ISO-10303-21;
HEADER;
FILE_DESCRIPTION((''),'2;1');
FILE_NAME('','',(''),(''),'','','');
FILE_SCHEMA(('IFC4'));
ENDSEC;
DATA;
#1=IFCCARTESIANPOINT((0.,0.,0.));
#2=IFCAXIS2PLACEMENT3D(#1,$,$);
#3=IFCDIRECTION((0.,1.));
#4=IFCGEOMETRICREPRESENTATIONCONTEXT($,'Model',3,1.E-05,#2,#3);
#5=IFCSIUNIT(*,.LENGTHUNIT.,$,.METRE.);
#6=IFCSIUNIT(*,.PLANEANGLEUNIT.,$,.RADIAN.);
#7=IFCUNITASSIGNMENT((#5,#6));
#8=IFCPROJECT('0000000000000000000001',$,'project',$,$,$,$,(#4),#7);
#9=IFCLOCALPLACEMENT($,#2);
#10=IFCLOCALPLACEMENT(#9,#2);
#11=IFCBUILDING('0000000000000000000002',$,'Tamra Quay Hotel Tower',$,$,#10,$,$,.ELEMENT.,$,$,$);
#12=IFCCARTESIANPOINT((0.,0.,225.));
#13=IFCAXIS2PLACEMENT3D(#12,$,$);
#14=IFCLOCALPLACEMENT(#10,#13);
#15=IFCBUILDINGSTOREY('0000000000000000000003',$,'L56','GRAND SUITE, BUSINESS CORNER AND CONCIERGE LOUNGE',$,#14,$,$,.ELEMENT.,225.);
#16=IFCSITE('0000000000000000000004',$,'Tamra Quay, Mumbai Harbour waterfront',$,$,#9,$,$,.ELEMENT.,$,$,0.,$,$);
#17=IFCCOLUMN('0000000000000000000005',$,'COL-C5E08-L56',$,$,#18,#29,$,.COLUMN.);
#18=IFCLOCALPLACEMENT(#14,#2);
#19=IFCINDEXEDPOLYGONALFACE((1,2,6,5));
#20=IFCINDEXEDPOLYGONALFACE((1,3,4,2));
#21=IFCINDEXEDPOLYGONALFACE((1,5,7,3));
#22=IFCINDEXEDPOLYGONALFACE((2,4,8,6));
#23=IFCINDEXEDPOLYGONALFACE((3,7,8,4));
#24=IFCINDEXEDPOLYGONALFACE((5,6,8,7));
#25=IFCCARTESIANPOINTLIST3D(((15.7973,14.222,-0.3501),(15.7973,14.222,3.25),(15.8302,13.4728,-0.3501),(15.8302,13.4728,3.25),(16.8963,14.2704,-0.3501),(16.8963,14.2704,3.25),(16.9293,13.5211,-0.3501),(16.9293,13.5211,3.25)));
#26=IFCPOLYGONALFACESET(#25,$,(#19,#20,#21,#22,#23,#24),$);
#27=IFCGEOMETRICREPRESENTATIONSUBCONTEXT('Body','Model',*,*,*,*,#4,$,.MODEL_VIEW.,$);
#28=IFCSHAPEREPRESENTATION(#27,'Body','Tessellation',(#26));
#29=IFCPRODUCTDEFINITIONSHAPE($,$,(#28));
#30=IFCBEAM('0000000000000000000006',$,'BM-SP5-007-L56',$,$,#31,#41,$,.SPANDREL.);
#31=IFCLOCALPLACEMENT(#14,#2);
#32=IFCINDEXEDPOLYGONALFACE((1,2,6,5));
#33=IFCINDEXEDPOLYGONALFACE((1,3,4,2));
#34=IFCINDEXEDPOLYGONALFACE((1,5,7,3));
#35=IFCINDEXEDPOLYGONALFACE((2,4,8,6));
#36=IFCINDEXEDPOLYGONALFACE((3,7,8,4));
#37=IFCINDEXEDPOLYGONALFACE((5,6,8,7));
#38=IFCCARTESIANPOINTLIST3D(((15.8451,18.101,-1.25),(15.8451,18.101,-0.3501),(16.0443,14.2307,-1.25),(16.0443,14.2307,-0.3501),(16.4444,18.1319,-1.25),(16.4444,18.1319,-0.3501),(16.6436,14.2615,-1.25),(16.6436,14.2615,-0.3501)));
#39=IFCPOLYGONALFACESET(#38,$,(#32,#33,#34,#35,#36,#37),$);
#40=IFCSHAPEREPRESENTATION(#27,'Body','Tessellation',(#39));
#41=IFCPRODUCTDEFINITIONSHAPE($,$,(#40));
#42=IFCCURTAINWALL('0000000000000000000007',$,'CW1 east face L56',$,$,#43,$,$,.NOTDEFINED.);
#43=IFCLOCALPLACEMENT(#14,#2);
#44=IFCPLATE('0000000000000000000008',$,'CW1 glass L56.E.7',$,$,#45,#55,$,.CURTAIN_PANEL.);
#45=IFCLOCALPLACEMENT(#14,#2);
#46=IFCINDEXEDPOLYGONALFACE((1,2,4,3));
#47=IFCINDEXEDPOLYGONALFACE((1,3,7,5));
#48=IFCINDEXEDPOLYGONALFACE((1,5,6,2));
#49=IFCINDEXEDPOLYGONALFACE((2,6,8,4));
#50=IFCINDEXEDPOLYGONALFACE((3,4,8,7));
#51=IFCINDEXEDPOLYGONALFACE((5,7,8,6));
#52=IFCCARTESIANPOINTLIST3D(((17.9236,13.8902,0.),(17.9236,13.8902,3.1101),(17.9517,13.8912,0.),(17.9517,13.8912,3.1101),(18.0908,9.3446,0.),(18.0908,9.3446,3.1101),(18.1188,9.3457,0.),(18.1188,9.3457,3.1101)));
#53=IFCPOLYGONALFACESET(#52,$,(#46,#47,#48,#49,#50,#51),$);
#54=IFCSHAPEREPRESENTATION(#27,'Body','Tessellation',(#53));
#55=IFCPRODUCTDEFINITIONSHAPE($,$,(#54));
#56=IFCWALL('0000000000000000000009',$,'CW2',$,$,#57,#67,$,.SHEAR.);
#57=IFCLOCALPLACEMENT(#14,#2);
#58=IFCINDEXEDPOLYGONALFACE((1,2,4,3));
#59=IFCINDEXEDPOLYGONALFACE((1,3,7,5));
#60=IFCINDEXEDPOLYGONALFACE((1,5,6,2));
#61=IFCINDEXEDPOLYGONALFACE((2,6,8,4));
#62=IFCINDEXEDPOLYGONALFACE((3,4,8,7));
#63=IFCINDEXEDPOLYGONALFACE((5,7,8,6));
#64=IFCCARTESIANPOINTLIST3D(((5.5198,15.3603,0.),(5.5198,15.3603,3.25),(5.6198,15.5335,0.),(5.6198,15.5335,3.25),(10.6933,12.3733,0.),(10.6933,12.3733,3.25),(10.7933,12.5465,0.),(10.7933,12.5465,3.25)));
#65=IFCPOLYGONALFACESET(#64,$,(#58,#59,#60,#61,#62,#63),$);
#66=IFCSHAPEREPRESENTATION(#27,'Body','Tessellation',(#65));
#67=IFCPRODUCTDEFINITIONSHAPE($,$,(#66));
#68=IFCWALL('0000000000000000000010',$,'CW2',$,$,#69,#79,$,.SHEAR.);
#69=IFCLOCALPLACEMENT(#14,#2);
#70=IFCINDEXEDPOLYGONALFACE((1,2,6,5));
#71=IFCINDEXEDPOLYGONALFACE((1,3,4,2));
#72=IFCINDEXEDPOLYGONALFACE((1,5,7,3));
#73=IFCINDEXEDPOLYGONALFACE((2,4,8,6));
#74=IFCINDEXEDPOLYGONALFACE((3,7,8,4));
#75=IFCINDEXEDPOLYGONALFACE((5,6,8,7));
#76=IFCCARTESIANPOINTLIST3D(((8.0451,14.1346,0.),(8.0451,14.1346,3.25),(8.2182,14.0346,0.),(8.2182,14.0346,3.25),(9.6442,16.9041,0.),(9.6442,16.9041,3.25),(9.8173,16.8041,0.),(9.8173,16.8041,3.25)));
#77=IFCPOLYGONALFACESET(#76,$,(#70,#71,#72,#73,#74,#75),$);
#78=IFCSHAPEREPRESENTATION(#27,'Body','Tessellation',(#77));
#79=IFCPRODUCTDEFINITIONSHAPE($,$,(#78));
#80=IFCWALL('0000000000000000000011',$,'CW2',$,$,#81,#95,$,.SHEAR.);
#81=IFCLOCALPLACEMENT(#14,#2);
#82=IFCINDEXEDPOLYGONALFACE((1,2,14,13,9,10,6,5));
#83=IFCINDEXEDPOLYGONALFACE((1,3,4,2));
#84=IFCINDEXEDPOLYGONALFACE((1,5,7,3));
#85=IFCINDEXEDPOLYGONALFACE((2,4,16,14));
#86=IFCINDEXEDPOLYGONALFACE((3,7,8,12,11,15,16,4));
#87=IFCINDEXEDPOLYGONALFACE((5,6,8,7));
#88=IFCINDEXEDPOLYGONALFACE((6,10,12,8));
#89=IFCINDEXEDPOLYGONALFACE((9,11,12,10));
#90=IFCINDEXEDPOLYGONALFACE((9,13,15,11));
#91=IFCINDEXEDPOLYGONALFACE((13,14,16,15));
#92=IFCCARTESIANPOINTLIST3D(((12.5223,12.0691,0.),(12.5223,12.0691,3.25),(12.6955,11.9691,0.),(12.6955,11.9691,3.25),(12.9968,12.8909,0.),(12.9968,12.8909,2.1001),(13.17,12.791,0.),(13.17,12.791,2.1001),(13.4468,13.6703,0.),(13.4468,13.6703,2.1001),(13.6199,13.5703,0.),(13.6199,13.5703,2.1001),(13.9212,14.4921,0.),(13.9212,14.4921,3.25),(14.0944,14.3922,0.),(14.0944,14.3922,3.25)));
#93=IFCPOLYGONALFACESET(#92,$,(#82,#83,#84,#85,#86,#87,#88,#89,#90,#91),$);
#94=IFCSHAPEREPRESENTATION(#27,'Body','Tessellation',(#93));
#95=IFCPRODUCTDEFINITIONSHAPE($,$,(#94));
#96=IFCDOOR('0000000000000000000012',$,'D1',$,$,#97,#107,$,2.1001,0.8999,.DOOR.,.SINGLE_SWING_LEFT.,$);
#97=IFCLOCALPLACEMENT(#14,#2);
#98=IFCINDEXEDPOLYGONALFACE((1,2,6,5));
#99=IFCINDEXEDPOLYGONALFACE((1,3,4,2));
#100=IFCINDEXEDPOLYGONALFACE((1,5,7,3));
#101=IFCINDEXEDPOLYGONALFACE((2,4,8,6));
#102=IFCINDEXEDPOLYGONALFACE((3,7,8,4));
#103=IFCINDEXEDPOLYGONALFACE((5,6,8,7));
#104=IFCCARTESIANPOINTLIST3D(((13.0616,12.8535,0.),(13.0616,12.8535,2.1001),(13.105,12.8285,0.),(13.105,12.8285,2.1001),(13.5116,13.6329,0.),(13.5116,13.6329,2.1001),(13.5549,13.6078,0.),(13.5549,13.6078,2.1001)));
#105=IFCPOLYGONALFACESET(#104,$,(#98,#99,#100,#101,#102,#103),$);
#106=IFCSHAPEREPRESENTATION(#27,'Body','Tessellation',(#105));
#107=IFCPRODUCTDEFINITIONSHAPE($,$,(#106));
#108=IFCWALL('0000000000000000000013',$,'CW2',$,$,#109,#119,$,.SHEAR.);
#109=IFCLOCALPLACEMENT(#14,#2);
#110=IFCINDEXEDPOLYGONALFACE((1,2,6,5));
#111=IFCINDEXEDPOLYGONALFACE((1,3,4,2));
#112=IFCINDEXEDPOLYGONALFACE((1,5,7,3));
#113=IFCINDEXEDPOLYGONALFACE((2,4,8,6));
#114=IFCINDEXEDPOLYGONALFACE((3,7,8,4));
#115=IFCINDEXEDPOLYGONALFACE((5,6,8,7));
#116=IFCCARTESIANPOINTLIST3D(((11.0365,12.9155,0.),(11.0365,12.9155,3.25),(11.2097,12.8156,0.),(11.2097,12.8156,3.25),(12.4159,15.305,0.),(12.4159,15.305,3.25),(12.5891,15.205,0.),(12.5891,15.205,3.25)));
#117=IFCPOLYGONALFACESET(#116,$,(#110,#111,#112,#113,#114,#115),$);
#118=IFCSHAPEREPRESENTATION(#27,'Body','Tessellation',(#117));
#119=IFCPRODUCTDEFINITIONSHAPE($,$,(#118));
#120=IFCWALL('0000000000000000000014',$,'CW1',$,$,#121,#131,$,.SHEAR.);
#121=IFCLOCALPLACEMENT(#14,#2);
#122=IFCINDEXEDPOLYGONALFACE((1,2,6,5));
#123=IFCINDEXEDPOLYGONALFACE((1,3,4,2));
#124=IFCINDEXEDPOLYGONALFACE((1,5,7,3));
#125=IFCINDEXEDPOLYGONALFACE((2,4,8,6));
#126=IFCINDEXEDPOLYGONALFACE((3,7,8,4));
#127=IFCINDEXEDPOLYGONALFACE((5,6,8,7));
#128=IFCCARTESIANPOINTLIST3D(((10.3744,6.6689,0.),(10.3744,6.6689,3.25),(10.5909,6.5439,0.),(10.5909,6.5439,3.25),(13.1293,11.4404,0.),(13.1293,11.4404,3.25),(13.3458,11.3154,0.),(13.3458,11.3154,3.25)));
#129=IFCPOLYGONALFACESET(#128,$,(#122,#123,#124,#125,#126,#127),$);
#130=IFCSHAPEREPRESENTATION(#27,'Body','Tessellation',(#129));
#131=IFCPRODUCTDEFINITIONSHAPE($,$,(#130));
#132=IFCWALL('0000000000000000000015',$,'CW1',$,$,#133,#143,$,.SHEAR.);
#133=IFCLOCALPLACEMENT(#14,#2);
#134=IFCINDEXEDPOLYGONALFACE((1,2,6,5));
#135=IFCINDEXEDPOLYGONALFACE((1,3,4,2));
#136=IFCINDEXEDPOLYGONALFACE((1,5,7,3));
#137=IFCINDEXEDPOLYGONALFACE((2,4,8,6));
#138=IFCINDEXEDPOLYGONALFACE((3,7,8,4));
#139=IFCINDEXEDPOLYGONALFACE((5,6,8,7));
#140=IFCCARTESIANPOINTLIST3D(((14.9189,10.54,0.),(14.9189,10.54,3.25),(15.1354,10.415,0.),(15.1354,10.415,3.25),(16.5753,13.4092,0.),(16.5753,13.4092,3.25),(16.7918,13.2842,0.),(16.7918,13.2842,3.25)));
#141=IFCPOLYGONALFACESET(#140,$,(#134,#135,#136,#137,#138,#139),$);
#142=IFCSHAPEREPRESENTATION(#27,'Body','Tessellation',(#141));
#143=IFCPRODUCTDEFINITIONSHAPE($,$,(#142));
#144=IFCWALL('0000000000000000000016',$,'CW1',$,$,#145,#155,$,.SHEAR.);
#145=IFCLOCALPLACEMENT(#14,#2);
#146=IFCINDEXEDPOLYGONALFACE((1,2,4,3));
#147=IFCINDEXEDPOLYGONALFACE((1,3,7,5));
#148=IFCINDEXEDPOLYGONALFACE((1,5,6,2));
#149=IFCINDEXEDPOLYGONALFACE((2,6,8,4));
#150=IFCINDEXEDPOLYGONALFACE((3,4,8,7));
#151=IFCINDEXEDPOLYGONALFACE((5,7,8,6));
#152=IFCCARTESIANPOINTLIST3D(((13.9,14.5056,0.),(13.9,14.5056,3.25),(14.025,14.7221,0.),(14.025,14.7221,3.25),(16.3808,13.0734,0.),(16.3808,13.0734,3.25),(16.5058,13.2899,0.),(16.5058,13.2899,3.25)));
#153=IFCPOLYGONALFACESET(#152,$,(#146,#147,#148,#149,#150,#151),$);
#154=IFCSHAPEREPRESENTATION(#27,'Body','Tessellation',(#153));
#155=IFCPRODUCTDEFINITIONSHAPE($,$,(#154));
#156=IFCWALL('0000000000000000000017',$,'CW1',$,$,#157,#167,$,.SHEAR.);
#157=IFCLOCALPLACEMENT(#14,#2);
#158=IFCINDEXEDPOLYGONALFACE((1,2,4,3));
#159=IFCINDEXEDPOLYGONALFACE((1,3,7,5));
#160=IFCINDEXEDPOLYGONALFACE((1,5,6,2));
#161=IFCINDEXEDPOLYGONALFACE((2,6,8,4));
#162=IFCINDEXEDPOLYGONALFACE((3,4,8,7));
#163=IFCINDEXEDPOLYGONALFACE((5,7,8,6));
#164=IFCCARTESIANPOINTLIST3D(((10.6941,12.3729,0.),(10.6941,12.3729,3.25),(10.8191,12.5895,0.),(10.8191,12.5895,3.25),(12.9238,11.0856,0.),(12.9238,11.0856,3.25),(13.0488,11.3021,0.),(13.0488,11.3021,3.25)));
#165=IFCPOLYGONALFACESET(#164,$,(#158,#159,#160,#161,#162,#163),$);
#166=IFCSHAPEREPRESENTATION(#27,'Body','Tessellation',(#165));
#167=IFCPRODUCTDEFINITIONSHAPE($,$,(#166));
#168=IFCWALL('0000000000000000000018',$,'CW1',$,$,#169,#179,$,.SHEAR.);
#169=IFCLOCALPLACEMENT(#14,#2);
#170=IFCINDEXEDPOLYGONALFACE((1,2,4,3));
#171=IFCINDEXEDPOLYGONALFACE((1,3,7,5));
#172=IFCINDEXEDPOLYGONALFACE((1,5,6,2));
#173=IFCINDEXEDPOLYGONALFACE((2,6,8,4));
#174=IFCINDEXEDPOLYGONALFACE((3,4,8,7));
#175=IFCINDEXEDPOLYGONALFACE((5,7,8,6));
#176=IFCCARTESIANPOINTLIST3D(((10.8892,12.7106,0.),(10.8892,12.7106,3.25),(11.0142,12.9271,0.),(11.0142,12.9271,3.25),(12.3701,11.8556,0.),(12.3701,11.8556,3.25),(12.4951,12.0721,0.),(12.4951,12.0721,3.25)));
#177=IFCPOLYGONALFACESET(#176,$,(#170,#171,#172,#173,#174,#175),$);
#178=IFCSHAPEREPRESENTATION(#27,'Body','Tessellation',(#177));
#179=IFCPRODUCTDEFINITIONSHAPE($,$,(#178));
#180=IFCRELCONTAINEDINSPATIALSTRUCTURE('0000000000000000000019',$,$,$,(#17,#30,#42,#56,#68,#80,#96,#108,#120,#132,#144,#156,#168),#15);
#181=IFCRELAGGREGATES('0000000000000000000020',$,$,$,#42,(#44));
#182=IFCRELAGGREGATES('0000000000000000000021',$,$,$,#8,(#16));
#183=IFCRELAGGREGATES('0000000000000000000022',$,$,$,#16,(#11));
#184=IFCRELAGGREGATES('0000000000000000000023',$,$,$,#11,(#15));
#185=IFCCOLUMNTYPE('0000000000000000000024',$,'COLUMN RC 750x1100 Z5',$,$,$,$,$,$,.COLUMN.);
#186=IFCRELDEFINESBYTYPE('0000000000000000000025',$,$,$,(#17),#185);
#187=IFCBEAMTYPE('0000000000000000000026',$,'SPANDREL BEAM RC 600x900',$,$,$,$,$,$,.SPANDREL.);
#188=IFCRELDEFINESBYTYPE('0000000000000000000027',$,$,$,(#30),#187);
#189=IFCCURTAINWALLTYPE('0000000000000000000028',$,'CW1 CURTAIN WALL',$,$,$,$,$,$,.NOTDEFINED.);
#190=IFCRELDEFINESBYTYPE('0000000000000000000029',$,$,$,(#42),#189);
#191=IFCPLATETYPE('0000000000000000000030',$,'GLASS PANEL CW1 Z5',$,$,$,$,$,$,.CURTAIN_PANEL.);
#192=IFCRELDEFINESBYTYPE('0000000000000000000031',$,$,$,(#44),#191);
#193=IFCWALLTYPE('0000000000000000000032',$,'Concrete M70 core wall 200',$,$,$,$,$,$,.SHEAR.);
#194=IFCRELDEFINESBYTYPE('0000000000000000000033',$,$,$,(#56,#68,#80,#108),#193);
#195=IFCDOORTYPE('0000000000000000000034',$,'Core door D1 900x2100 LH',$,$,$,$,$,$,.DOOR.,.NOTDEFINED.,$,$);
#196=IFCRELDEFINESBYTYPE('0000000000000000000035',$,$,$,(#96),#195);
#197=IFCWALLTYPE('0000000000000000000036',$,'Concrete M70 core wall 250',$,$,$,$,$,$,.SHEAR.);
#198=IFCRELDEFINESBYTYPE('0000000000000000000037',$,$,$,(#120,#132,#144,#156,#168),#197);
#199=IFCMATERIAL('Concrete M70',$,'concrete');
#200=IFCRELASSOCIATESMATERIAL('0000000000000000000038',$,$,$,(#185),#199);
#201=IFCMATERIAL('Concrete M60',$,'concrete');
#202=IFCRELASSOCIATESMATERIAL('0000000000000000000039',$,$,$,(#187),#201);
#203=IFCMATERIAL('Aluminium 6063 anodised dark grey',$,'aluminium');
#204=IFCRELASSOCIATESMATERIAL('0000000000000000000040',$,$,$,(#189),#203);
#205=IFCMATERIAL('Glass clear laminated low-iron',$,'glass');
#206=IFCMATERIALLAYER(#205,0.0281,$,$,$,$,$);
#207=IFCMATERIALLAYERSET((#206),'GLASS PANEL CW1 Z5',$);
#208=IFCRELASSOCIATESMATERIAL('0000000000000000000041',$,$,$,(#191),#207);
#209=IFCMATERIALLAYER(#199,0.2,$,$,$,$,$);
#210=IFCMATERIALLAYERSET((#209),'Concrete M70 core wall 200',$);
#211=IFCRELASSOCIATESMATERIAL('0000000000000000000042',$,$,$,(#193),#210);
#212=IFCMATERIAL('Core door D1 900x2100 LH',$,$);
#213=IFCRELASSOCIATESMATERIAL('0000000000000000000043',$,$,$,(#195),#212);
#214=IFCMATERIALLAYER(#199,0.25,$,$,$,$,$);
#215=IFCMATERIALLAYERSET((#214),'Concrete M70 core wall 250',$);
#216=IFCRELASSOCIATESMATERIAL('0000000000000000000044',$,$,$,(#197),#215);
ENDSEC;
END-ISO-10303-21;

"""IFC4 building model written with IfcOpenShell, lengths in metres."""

from ifc_helpers import new_model, si_unit, direction, frame, frame_2d, origin, origin_2d, place, context, subcontext, project, spatial, rectangle, extrude, material, layer, layer_set, material_profile, profile_set, type_object, element, fill, aggregate, save


model = new_model("IFC4")

# Units and contexts
model_context = context("Model", 3, precision=1e-05, world=origin(), true_north=direction((0.0, 1.0)))
body_context = subcontext(model_context, "Body", "Model", "MODEL_VIEW")
ifc_project = project(units=[si_unit("LENGTHUNIT", "METRE"), si_unit("PLANEANGLEUNIT", "RADIAN")], contexts=[model_context])

# Site, building, storey
site_placement = place(None, origin())
site = spatial("IfcSite", under=ifc_project, at=site_placement, Name="Tamra Quay, Mumbai Harbour waterfront", CompositionType="ELEMENT", RefElevation=0.0)
building_placement = place(site_placement, origin())
building = spatial("IfcBuilding", under=site, at=building_placement, Name="Tamra Quay Hotel Tower", CompositionType="ELEMENT")
storey_placement = place(building_placement, frame((0.0, 0.0, 225.0)))
storey = spatial("IfcBuildingStorey", under=building, at=storey_placement, Name="L56", Description="GRAND SUITE, BUSINESS CORNER AND CONCIERGE LOUNGE", CompositionType="ELEMENT", Elevation=225.0)

# Column
ifc_material_1 = material(Name="Concrete M70", Category="concrete")
ifc_material_profile_1 = material_profile(ifc_material_1, rectangle(XDim=1.1001, YDim=0.75, at=origin_2d()), Name="COLUMN RC 750x1100 Z5")
ifc_profile_set_1 = profile_set([ifc_material_profile_1], Name="Concrete M70")
column_type = type_object("IfcColumnType", Name="COLUMN RC 750x1100 Z5", PredefinedType="COLUMN", material=ifc_profile_set_1)
column_placement = place(storey_placement, frame((16.3633, 13.8716, -0.3501), z_axis=(0.0, 0.0, 1.0), x_axis=(0.999033, 0.043958, 0.0)))
element("IfcColumn", 1, at=column_placement, inside=storey, type_object=column_type, Name="COL-C5E08-L56", PredefinedType="COLUMN", context=body_context, shape_type="SweptSolid", body=[
    extrude(rectangle(XDim=1.1001, YDim=0.75, at=origin_2d()), origin(), (0.0, 0.0, 1.0), 3.6001),
])

# Beam
ifc_material_2 = material(Name="Concrete M60", Category="concrete")
ifc_material_profile_2 = material_profile(ifc_material_2, rectangle(XDim=0.6001, YDim=0.8999, at=origin_2d()), Name="SPANDREL BEAM RC 600x900")
ifc_profile_set_2 = profile_set([ifc_material_profile_2], Name="Concrete M60")
beam_type = type_object("IfcBeamType", Name="SPANDREL BEAM RC 600x900", PredefinedType="SPANDREL", material=ifc_profile_set_2)
beam_placement = place(storey_placement, frame((16.344, 14.2461, -0.8), z_axis=(-0.051405, 0.998678, 0.0), x_axis=(-0.998678, -0.051405, 0.0)))
element("IfcBeam", 2, at=beam_placement, inside=storey, type_object=beam_type, Name="BM-SP5-007-L56", PredefinedType="SPANDREL", context=body_context, shape_type="SweptSolid", body=[
    extrude(rectangle(XDim=0.6001, YDim=0.8999, at=origin_2d()), origin(), (0.0, 0.0, 1.0), 3.8755),
])

# Curtain wall, plate
ifc_material_3 = material(Name="Aluminium 6063 anodised dark grey", Category="aluminium")
curtain_wall_type = type_object("IfcCurtainWallType", Name="CW1 CURTAIN WALL", PredefinedType="NOTDEFINED", material=ifc_material_3)
curtain_wall_placement = place(storey_placement, origin())
curtain_wall = element("IfcCurtainWall", 3, at=curtain_wall_placement, inside=storey, type_object=curtain_wall_type, Name="CW1 east face L56", PredefinedType="NOTDEFINED")
ifc_material_4 = material(Name="Glass clear laminated low-iron", Category="glass")
ifc_layer_1 = layer(ifc_material_4, 0.0281)
ifc_layer_set_1 = layer_set([ifc_layer_1], Name="GLASS PANEL CW1 Z5")
plate_type = type_object("IfcPlateType", Name="GLASS PANEL CW1 Z5", PredefinedType="CURTAIN_PANEL", material=ifc_layer_set_1)
plate_placement = place(storey_placement, frame((18.0212, 11.6179, 0.0), z_axis=(0.0, 0.0, 1.0), x_axis=(-0.036745, 0.999325, 0.0)))
plate = element("IfcPlate", 4, at=plate_placement, type_object=plate_type, Name="CW1 glass L56.E.7", PredefinedType="CURTAIN_PANEL", context=body_context, shape_type="SweptSolid", body=[
    extrude(rectangle(XDim=4.5486, YDim=0.0281, at=origin_2d()), origin(), (0.0, 0.0, 1.0), 3.1101),
])
aggregate(curtain_wall, [plate])

# Walls
ifc_layer_2 = layer(ifc_material_1, 0.2)
ifc_layer_set_2 = layer_set([ifc_layer_2], Name="Concrete M70 core wall 200")
wall_type_1 = type_object("IfcWallType", Name="Concrete M70 core wall 200", PredefinedType="SHEAR", material=ifc_layer_set_2)
wall_1_placement = place(storey_placement, frame((10.7432, 12.46, 0.0), z_axis=(0.0, 0.0, 1.0), x_axis=(-0.866019, 0.500011, 0.0)))
element("IfcWall", 5, at=wall_1_placement, inside=storey, type_object=wall_type_1, Name="CW2", PredefinedType="SHEAR", context=body_context, shape_type="SweptSolid", body=[
    extrude(rectangle(XDim=5.9739, YDim=0.2, at=frame_2d((2.9868, 0.0))), origin(), (0.0, 0.0, 1.0), 3.25),
])
wall_2_placement = place(storey_placement, frame((8.1316, 14.0845, 0.0), z_axis=(0.0, 0.0, 1.0), x_axis=(0.500031, 0.866008, 0.0)))
element("IfcWall", 6, at=wall_2_placement, inside=storey, type_object=wall_type_1, Name="CW2", PredefinedType="SHEAR", context=body_context, shape_type="SweptSolid", body=[
    extrude(rectangle(XDim=3.198, YDim=0.2, at=frame_2d((1.5991, 0.0))), origin(), (0.0, 0.0, 1.0), 3.25),
])

# Wall, opening, door
wall_3_placement = place(storey_placement, frame((14.0078, 14.4421, 0.0), z_axis=(0.0, 0.0, 1.0), x_axis=(-0.499987, -0.866033, 0.0)))
wall_3 = element("IfcWall", 7, at=wall_3_placement, inside=storey, type_object=wall_type_1, Name="CW2", PredefinedType="SHEAR", context=body_context, shape_type="SweptSolid", body=[
    extrude(rectangle(XDim=2.7979, YDim=0.2, at=frame_2d((1.3989, 0.0))), origin(), (0.0, 0.0, 1.0), 3.25),
])
opening_placement = place(wall_3_placement, frame((0.949, 0.0, 0.0)))
opening = element("IfcOpeningElement", 8, at=opening_placement, cuts=wall_3, PredefinedType="OPENING", context=body_context, shape_type="SweptSolid", body=[
    extrude(rectangle(XDim=0.8999, YDim=2.1001, at=frame_2d((0.45, 1.05))), frame((0.0, 0.1099, 0.0), z_axis=(0.0, -1.0, 0.0), x_axis=(1.0, 0.0, 0.0)), (0.0, 0.0, 1.0), 0.22),
])
ifc_material_5 = material(Name="Core door D1 900x2100 LH")
door_type = type_object("IfcDoorType", Name="Core door D1 900x2100 LH", OperationType="NOTDEFINED", PredefinedType="DOOR", material=ifc_material_5)
door_placement = place(opening_placement, origin())
door = element("IfcDoor", 9, at=door_placement, inside=storey, type_object=door_type, Name="D1", OperationType="SINGLE_SWING_LEFT", OverallHeight=2.1001, OverallWidth=0.8999, PredefinedType="DOOR", context=body_context, shape_type="SweptSolid", body=[
    extrude(rectangle(XDim=0.8999, YDim=2.1001, at=frame_2d((0.45, 1.05))), frame((0.0, 0.0249, 0.0), z_axis=(0.0, -1.0, 0.0), x_axis=(1.0, 0.0, 0.0)), (0.0, 0.0, 1.0), 0.05),
])
fill(opening, door)

# Walls
wall_4_placement = place(storey_placement, frame((12.5024, 15.2549, 0.0), z_axis=(0.0, 0.0, 1.0), x_axis=(-0.499965, -0.866046, 0.0)))
element("IfcWall", 10, at=wall_4_placement, inside=storey, type_object=wall_type_1, Name="CW2", PredefinedType="SHEAR", context=body_context, shape_type="SweptSolid", body=[
    extrude(rectangle(XDim=2.759, YDim=0.2, at=frame_2d((1.3794, 0.0))), origin(), (0.0, 0.0, 1.0), 3.25),
])
ifc_layer_3 = layer(ifc_material_1, 0.25)
ifc_layer_set_3 = layer_set([ifc_layer_3], Name="Concrete M70 core wall 250")
wall_type_2 = type_object("IfcWallType", Name="Concrete M70 core wall 250", PredefinedType="SHEAR", material=ifc_layer_set_3)
wall_5_placement = place(storey_placement, frame((13.2375, 11.3779, 0.0), z_axis=(0.0, 0.0, 1.0), x_axis=(-0.500009, -0.86602, 0.0)))
element("IfcWall", 11, at=wall_5_placement, inside=storey, type_object=wall_type_2, Name="CW1", PredefinedType="SHEAR", context=body_context, shape_type="SweptSolid", body=[
    extrude(rectangle(XDim=5.5098, YDim=0.25, at=frame_2d((2.7549, 0.0))), origin(), (0.0, 0.0, 1.0), 3.25),
])
wall_6_placement = place(storey_placement, frame((16.6836, 13.3467, 0.0), z_axis=(0.0, 0.0, 1.0), x_axis=(-0.499999, -0.866026, 0.0)))
element("IfcWall", 12, at=wall_6_placement, inside=storey, type_object=wall_type_2, Name="CW1", PredefinedType="SHEAR", context=body_context, shape_type="SweptSolid", body=[
    extrude(rectangle(XDim=3.313, YDim=0.25, at=frame_2d((1.6565, 0.0))), origin(), (0.0, 0.0, 1.0), 3.25),
])
wall_7_placement = place(storey_placement, frame((13.9626, 14.6138, 0.0), z_axis=(0.0, 0.0, 1.0), x_axis=(0.866042, -0.499971, 0.0)))
element("IfcWall", 13, at=wall_7_placement, inside=storey, type_object=wall_type_2, Name="CW1", PredefinedType="SHEAR", context=body_context, shape_type="SweptSolid", body=[
    extrude(rectangle(XDim=2.8645, YDim=0.25, at=frame_2d((1.4321, 0.0))), origin(), (0.0, 0.0, 1.0), 3.25),
])
wall_8_placement = place(storey_placement, frame((10.7566, 12.4812, 0.0), z_axis=(0.0, 0.0, 1.0), x_axis=(0.866023, -0.500004, 0.0)))
element("IfcWall", 14, at=wall_8_placement, inside=storey, type_object=wall_type_2, Name="CW1", PredefinedType="SHEAR", context=body_context, shape_type="SweptSolid", body=[
    extrude(rectangle(XDim=2.5747, YDim=0.25, at=frame_2d((1.2874, 0.0))), origin(), (0.0, 0.0, 1.0), 3.25),
])
wall_9_placement = place(storey_placement, frame((12.4326, 11.9639, 0.0), z_axis=(0.0, 0.0, 1.0), x_axis=(-0.866038, 0.499978, 0.0)))
element("IfcWall", 15, at=wall_9_placement, inside=storey, type_object=wall_type_2, Name="CW1", PredefinedType="SHEAR", context=body_context, shape_type="SweptSolid", body=[
    extrude(rectangle(XDim=1.71, YDim=0.25, at=frame_2d((0.855, 0.0))), origin(), (0.0, 0.0, 1.0), 3.25),
])

save(model, "model.ifc")
